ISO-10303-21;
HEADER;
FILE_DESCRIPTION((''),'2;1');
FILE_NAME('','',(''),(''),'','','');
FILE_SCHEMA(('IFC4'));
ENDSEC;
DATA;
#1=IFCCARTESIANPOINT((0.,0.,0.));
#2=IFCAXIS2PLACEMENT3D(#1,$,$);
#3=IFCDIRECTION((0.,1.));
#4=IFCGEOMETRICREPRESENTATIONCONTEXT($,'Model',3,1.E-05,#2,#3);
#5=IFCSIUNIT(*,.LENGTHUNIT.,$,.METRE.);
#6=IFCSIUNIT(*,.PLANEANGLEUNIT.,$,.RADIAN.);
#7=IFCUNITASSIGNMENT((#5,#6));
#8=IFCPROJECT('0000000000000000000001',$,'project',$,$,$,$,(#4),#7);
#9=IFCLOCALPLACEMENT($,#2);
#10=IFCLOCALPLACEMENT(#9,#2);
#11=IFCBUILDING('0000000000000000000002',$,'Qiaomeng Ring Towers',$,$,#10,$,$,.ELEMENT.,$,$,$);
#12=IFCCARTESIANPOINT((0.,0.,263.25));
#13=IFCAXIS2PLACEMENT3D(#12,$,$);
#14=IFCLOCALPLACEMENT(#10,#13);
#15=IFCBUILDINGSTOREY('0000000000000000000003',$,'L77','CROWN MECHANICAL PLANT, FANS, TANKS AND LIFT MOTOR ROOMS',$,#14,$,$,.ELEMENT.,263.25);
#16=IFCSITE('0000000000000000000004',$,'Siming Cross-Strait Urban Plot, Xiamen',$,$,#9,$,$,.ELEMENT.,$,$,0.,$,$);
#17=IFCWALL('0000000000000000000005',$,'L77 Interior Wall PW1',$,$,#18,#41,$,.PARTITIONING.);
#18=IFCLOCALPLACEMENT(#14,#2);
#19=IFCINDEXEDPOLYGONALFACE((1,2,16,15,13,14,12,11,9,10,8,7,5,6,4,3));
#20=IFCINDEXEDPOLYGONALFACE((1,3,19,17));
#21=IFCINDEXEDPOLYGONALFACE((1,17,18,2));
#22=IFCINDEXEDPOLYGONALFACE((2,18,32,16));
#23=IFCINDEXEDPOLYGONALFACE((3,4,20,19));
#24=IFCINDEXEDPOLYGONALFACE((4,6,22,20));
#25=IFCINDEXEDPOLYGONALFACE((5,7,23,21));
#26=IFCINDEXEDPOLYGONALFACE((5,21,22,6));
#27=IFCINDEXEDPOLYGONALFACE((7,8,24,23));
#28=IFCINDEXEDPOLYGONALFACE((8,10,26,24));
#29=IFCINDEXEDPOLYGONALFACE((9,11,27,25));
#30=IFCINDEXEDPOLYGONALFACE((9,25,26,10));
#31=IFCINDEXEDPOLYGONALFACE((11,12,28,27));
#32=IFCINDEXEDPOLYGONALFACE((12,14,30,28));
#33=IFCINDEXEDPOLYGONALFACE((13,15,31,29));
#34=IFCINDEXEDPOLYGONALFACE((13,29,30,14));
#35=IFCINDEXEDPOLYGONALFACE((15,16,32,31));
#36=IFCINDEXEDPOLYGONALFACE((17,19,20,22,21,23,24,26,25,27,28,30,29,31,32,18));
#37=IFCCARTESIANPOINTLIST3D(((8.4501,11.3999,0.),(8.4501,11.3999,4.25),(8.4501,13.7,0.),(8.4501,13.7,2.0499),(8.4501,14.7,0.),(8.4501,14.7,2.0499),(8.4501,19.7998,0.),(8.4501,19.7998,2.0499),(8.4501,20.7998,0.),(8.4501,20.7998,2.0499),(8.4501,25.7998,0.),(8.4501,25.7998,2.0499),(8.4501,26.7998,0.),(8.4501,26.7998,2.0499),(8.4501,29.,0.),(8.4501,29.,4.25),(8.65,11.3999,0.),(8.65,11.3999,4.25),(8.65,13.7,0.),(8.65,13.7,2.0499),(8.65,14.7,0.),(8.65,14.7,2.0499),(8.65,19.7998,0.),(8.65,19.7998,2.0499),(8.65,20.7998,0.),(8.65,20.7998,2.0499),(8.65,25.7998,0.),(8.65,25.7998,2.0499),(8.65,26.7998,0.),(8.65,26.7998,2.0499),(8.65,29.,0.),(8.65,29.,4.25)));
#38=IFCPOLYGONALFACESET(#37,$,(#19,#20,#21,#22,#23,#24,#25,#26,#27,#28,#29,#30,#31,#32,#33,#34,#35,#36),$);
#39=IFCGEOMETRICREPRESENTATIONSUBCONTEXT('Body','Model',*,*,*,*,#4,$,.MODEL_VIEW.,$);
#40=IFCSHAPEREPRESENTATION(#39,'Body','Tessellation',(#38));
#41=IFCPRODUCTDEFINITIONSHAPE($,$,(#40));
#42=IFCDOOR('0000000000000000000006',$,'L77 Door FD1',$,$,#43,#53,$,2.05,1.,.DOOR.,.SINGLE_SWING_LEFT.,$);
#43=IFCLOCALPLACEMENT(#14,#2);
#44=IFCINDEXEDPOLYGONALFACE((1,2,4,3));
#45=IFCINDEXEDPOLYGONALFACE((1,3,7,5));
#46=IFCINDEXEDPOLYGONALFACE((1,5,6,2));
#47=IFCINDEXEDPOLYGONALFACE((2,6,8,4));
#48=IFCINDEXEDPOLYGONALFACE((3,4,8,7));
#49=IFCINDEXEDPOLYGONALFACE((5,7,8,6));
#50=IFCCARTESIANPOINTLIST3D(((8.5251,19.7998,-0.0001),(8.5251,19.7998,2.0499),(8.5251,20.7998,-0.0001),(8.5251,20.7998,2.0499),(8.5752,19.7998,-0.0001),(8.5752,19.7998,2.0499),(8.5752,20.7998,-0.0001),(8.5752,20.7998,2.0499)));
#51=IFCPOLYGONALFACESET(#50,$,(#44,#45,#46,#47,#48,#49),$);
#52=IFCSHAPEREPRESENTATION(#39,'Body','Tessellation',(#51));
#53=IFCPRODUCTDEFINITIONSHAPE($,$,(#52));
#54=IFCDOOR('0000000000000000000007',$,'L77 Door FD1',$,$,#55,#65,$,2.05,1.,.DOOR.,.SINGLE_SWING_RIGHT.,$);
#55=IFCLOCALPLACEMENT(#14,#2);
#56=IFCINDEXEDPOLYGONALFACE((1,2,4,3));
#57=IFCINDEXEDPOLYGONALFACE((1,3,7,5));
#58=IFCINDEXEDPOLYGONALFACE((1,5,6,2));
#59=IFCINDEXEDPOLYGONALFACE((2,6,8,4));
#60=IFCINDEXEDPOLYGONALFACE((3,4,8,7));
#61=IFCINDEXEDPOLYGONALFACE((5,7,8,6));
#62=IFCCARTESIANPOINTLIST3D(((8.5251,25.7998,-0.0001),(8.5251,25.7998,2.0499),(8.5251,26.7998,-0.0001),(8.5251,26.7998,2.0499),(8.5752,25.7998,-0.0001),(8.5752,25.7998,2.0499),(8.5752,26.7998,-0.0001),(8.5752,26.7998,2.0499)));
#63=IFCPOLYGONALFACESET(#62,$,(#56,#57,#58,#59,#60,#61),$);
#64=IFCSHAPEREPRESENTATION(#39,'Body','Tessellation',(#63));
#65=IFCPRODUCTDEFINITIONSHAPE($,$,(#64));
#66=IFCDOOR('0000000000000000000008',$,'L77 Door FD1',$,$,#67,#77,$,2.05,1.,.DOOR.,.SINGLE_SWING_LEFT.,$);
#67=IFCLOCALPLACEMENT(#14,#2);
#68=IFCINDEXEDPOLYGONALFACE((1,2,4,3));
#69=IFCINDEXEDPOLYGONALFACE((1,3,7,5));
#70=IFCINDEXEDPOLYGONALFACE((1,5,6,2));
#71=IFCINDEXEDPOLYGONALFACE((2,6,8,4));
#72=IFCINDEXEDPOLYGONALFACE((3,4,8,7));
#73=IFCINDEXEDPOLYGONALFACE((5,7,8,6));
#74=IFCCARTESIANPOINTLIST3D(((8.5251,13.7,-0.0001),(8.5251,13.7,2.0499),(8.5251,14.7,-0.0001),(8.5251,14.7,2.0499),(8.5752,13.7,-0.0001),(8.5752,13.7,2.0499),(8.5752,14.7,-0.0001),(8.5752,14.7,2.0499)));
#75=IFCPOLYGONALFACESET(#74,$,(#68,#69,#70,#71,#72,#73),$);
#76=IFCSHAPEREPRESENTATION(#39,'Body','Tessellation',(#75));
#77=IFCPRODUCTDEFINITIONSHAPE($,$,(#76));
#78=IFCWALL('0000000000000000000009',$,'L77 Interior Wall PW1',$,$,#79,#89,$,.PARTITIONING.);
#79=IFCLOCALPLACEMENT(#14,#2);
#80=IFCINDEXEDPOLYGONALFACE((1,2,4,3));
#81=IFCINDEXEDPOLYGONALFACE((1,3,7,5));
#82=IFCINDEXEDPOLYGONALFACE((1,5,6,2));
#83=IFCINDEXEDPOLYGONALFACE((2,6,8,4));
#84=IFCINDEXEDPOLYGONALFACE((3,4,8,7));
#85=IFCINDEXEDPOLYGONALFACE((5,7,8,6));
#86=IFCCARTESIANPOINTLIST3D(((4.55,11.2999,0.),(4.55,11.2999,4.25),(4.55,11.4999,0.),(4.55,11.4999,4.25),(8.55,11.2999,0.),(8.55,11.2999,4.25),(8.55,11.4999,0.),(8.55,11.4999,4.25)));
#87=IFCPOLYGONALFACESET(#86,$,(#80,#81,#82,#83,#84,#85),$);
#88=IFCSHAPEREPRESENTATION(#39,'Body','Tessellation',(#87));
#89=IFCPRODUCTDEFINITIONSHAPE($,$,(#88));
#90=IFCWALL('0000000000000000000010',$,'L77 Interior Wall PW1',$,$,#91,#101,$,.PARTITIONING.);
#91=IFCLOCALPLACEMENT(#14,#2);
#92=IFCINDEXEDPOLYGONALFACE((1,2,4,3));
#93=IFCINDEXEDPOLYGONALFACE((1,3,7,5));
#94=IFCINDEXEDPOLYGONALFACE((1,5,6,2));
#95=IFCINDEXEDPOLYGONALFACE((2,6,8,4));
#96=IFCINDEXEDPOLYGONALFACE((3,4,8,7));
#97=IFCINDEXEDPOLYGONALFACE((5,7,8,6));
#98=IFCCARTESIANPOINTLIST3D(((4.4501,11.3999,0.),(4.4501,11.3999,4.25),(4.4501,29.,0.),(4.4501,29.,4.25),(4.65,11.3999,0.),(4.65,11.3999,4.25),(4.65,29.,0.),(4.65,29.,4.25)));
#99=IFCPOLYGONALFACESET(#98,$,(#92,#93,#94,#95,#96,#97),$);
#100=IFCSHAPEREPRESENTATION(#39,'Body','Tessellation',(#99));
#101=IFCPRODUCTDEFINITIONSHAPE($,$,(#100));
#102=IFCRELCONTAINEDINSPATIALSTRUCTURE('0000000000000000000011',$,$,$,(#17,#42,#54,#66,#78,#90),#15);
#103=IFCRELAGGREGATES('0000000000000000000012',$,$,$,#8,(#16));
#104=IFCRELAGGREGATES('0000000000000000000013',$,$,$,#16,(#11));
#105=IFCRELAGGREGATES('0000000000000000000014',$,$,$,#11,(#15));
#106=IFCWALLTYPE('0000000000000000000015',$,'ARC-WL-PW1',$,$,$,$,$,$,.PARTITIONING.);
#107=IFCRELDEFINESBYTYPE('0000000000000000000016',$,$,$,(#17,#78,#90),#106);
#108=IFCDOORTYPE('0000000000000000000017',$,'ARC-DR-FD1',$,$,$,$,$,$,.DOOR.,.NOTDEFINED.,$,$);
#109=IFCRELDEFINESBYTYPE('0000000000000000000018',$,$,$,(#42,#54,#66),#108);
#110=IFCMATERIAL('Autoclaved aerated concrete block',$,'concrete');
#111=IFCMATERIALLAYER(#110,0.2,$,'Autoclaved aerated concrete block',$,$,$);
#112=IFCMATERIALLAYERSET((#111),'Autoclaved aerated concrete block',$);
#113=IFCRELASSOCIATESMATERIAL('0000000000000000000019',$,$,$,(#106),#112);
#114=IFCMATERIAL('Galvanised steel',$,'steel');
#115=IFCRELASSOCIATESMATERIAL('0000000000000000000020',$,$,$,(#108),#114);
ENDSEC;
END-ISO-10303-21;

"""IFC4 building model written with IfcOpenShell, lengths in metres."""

from ifc_helpers import new_model, si_unit, direction, frame, frame_2d, origin, place, context, subcontext, project, spatial, rectangle, extrude, source, transform, mapped, material, layer, layer_set, type_object, element, fill, save


model = new_model("IFC4")

# Units and contexts
model_context = context("Model", 3, precision=1e-05, world=origin(), true_north=direction((0.0, 1.0)))
body_context = subcontext(model_context, "Body", "Model", "MODEL_VIEW")
ifc_project = project(units=[si_unit("LENGTHUNIT", "METRE"), si_unit("PLANEANGLEUNIT", "RADIAN")], contexts=[model_context])

# Site, building, storey
site_placement = place(None, origin())
site = spatial("IfcSite", under=ifc_project, at=site_placement, Name="Siming Cross-Strait Urban Plot, Xiamen", CompositionType="ELEMENT", RefElevation=0.0)
building_placement = place(site_placement, origin())
building = spatial("IfcBuilding", under=site, at=building_placement, Name="Qiaomeng Ring Towers", CompositionType="ELEMENT")
storey_placement = place(building_placement, frame((0.0, 0.0, 263.25)))
storey = spatial("IfcBuildingStorey", under=building, at=storey_placement, Name="L77", Description="CROWN MECHANICAL PLANT, FANS, TANKS AND LIFT MOTOR ROOMS", CompositionType="ELEMENT", Elevation=263.25)

# Shared definitions
ifc_material_1 = material(Name="Galvanised steel", Category="steel")

# Wall, openings, doors
ifc_material_2 = material(Name="Autoclaved aerated concrete block", Category="concrete")
ifc_layer_1 = layer(ifc_material_2, 0.2, Name="Autoclaved aerated concrete block")
ifc_layer_set_1 = layer_set([ifc_layer_1], Name="Autoclaved aerated concrete block")
wall_type_1 = type_object("IfcWallType", Name="ARC-WL-PW1", PredefinedType="PARTITIONING", material=ifc_layer_set_1)
wall_1_placement = place(storey_placement, frame((8.55, 11.3999, 0.0), z_axis=(0.0, 0.0, 1.0), x_axis=(0.0, 1.0, 0.0)))
wall_1 = element("IfcWall", 1, at=wall_1_placement, inside=storey, type_object=wall_type_1, Name="L77 Interior Wall PW1", PredefinedType="PARTITIONING", context=body_context, shape_type="SweptSolid", body=[
    extrude(rectangle(XDim=17.6001, YDim=0.2, at=frame_2d((8.8, 0.0))), origin(), (0.0, 0.0, 1.0), 4.25),
])
opening_1_placement = place(wall_1_placement, frame((8.3999, 0.0, 0.0)))
opening_1 = element("IfcOpeningElement", 2, at=opening_1_placement, cuts=wall_1, PredefinedType="OPENING", context=body_context, shape_type="SweptSolid", body=[
    extrude(rectangle(XDim=1.0, YDim=2.05, at=frame_2d((0.5, 1.0249))), frame((0.0, 0.1099, 0.0), z_axis=(0.0, -1.0, 0.0), x_axis=(1.0, 0.0, 0.0)), (0.0, 0.0, 1.0), 0.22),
])
opening_2_placement = place(wall_1_placement, frame((14.3999, 0.0, 0.0)))
opening_2 = element("IfcOpeningElement", 3, at=opening_2_placement, cuts=wall_1, PredefinedType="OPENING", context=body_context, shape_type="SweptSolid", body=[
    extrude(rectangle(XDim=1.0, YDim=2.05, at=frame_2d((0.5, 1.0249))), frame((0.0, 0.1099, 0.0), z_axis=(0.0, -1.0, 0.0), x_axis=(1.0, 0.0, 0.0)), (0.0, 0.0, 1.0), 0.22),
])
opening_3_placement = place(wall_1_placement, frame((2.3, 0.0, 0.0)))
opening_3 = element("IfcOpeningElement", 4, at=opening_3_placement, cuts=wall_1, PredefinedType="OPENING", context=body_context, shape_type="SweptSolid", body=[
    extrude(rectangle(XDim=1.0, YDim=2.05, at=frame_2d((0.5, 1.0249))), frame((0.0, 0.1099, 0.0), z_axis=(0.0, -1.0, 0.0), x_axis=(1.0, 0.0, 0.0)), (0.0, 0.0, 1.0), 0.22),
])
door_type_1 = type_object("IfcDoorType", Name="ARC-DR-FD1", OperationType="NOTDEFINED", PredefinedType="DOOR", material=ifc_material_1)
shared_shape_1 = source(origin(), body_context, "Body", "SweptSolid", [
    extrude(rectangle(XDim=1.0, YDim=2.05, at=frame_2d((0.5, 1.0249))), frame((0.0, 0.0249, 0.0), z_axis=(0.0, -1.0, 0.0), x_axis=(1.0, 0.0, 0.0)), (0.0, 0.0, 1.0), 0.05),
])
door_1_placement = place(opening_1_placement, origin())
door_1 = element("IfcDoor", 5, at=door_1_placement, inside=storey, type_object=door_type_1, Name="L77 Door FD1", OperationType="SINGLE_SWING_LEFT", OverallHeight=2.05, OverallWidth=1.0, PredefinedType="DOOR", context=body_context, shape_type="MappedRepresentation", body=[
    mapped(shared_shape_1, transform((0.0, 0.0, 0.0), x_axis=(1.0, 0.0, 0.0), y_axis=(0.0, 1.0, 0.0), z_axis=(0.0, 0.0, 1.0), scale=1.0)),
])
fill(opening_1, door_1)
door_2_placement = place(opening_2_placement, origin())
door_2 = element("IfcDoor", 6, at=door_2_placement, inside=storey, type_object=door_type_1, Name="L77 Door FD1", OperationType="SINGLE_SWING_RIGHT", OverallHeight=2.05, OverallWidth=1.0, PredefinedType="DOOR", context=body_context, shape_type="MappedRepresentation", body=[
    mapped(shared_shape_1, transform((0.0, 0.0, 0.0), x_axis=(1.0, 0.0, 0.0), y_axis=(0.0, 1.0, 0.0), z_axis=(0.0, 0.0, 1.0), scale=1.0)),
])
fill(opening_2, door_2)
door_3_placement = place(opening_3_placement, origin())
door_3 = element("IfcDoor", 7, at=door_3_placement, inside=storey, type_object=door_type_1, Name="L77 Door FD1", OperationType="SINGLE_SWING_LEFT", OverallHeight=2.05, OverallWidth=1.0, PredefinedType="DOOR", context=body_context, shape_type="MappedRepresentation", body=[
    mapped(shared_shape_1, transform((0.0, 0.0, 0.0), x_axis=(1.0, 0.0, 0.0), y_axis=(0.0, 1.0, 0.0), z_axis=(0.0, 0.0, 1.0), scale=1.0)),
])
fill(opening_3, door_3)

# Walls
wall_2_placement = place(storey_placement, frame((4.55, 11.3999, 0.0), z_axis=(0.0, 0.0, 1.0), x_axis=(1.0, 0.0, 0.0)))
element("IfcWall", 8, at=wall_2_placement, inside=storey, type_object=wall_type_1, Name="L77 Interior Wall PW1", PredefinedType="PARTITIONING", context=body_context, shape_type="SweptSolid", body=[
    extrude(rectangle(XDim=4.0, YDim=0.2, at=frame_2d((2.0, 0.0))), origin(), (0.0, 0.0, 1.0), 4.25),
])
wall_3_placement = place(storey_placement, frame((4.55, 11.3999, 0.0), z_axis=(0.0, 0.0, 1.0), x_axis=(0.0, 1.0, 0.0)))
element("IfcWall", 9, at=wall_3_placement, inside=storey, type_object=wall_type_1, Name="L77 Interior Wall PW1", PredefinedType="PARTITIONING", context=body_context, shape_type="SweptSolid", body=[
    extrude(rectangle(XDim=17.6001, YDim=0.2, at=frame_2d((8.8, 0.0))), origin(), (0.0, 0.0, 1.0), 4.25),
])

save(model, "model.ifc")
